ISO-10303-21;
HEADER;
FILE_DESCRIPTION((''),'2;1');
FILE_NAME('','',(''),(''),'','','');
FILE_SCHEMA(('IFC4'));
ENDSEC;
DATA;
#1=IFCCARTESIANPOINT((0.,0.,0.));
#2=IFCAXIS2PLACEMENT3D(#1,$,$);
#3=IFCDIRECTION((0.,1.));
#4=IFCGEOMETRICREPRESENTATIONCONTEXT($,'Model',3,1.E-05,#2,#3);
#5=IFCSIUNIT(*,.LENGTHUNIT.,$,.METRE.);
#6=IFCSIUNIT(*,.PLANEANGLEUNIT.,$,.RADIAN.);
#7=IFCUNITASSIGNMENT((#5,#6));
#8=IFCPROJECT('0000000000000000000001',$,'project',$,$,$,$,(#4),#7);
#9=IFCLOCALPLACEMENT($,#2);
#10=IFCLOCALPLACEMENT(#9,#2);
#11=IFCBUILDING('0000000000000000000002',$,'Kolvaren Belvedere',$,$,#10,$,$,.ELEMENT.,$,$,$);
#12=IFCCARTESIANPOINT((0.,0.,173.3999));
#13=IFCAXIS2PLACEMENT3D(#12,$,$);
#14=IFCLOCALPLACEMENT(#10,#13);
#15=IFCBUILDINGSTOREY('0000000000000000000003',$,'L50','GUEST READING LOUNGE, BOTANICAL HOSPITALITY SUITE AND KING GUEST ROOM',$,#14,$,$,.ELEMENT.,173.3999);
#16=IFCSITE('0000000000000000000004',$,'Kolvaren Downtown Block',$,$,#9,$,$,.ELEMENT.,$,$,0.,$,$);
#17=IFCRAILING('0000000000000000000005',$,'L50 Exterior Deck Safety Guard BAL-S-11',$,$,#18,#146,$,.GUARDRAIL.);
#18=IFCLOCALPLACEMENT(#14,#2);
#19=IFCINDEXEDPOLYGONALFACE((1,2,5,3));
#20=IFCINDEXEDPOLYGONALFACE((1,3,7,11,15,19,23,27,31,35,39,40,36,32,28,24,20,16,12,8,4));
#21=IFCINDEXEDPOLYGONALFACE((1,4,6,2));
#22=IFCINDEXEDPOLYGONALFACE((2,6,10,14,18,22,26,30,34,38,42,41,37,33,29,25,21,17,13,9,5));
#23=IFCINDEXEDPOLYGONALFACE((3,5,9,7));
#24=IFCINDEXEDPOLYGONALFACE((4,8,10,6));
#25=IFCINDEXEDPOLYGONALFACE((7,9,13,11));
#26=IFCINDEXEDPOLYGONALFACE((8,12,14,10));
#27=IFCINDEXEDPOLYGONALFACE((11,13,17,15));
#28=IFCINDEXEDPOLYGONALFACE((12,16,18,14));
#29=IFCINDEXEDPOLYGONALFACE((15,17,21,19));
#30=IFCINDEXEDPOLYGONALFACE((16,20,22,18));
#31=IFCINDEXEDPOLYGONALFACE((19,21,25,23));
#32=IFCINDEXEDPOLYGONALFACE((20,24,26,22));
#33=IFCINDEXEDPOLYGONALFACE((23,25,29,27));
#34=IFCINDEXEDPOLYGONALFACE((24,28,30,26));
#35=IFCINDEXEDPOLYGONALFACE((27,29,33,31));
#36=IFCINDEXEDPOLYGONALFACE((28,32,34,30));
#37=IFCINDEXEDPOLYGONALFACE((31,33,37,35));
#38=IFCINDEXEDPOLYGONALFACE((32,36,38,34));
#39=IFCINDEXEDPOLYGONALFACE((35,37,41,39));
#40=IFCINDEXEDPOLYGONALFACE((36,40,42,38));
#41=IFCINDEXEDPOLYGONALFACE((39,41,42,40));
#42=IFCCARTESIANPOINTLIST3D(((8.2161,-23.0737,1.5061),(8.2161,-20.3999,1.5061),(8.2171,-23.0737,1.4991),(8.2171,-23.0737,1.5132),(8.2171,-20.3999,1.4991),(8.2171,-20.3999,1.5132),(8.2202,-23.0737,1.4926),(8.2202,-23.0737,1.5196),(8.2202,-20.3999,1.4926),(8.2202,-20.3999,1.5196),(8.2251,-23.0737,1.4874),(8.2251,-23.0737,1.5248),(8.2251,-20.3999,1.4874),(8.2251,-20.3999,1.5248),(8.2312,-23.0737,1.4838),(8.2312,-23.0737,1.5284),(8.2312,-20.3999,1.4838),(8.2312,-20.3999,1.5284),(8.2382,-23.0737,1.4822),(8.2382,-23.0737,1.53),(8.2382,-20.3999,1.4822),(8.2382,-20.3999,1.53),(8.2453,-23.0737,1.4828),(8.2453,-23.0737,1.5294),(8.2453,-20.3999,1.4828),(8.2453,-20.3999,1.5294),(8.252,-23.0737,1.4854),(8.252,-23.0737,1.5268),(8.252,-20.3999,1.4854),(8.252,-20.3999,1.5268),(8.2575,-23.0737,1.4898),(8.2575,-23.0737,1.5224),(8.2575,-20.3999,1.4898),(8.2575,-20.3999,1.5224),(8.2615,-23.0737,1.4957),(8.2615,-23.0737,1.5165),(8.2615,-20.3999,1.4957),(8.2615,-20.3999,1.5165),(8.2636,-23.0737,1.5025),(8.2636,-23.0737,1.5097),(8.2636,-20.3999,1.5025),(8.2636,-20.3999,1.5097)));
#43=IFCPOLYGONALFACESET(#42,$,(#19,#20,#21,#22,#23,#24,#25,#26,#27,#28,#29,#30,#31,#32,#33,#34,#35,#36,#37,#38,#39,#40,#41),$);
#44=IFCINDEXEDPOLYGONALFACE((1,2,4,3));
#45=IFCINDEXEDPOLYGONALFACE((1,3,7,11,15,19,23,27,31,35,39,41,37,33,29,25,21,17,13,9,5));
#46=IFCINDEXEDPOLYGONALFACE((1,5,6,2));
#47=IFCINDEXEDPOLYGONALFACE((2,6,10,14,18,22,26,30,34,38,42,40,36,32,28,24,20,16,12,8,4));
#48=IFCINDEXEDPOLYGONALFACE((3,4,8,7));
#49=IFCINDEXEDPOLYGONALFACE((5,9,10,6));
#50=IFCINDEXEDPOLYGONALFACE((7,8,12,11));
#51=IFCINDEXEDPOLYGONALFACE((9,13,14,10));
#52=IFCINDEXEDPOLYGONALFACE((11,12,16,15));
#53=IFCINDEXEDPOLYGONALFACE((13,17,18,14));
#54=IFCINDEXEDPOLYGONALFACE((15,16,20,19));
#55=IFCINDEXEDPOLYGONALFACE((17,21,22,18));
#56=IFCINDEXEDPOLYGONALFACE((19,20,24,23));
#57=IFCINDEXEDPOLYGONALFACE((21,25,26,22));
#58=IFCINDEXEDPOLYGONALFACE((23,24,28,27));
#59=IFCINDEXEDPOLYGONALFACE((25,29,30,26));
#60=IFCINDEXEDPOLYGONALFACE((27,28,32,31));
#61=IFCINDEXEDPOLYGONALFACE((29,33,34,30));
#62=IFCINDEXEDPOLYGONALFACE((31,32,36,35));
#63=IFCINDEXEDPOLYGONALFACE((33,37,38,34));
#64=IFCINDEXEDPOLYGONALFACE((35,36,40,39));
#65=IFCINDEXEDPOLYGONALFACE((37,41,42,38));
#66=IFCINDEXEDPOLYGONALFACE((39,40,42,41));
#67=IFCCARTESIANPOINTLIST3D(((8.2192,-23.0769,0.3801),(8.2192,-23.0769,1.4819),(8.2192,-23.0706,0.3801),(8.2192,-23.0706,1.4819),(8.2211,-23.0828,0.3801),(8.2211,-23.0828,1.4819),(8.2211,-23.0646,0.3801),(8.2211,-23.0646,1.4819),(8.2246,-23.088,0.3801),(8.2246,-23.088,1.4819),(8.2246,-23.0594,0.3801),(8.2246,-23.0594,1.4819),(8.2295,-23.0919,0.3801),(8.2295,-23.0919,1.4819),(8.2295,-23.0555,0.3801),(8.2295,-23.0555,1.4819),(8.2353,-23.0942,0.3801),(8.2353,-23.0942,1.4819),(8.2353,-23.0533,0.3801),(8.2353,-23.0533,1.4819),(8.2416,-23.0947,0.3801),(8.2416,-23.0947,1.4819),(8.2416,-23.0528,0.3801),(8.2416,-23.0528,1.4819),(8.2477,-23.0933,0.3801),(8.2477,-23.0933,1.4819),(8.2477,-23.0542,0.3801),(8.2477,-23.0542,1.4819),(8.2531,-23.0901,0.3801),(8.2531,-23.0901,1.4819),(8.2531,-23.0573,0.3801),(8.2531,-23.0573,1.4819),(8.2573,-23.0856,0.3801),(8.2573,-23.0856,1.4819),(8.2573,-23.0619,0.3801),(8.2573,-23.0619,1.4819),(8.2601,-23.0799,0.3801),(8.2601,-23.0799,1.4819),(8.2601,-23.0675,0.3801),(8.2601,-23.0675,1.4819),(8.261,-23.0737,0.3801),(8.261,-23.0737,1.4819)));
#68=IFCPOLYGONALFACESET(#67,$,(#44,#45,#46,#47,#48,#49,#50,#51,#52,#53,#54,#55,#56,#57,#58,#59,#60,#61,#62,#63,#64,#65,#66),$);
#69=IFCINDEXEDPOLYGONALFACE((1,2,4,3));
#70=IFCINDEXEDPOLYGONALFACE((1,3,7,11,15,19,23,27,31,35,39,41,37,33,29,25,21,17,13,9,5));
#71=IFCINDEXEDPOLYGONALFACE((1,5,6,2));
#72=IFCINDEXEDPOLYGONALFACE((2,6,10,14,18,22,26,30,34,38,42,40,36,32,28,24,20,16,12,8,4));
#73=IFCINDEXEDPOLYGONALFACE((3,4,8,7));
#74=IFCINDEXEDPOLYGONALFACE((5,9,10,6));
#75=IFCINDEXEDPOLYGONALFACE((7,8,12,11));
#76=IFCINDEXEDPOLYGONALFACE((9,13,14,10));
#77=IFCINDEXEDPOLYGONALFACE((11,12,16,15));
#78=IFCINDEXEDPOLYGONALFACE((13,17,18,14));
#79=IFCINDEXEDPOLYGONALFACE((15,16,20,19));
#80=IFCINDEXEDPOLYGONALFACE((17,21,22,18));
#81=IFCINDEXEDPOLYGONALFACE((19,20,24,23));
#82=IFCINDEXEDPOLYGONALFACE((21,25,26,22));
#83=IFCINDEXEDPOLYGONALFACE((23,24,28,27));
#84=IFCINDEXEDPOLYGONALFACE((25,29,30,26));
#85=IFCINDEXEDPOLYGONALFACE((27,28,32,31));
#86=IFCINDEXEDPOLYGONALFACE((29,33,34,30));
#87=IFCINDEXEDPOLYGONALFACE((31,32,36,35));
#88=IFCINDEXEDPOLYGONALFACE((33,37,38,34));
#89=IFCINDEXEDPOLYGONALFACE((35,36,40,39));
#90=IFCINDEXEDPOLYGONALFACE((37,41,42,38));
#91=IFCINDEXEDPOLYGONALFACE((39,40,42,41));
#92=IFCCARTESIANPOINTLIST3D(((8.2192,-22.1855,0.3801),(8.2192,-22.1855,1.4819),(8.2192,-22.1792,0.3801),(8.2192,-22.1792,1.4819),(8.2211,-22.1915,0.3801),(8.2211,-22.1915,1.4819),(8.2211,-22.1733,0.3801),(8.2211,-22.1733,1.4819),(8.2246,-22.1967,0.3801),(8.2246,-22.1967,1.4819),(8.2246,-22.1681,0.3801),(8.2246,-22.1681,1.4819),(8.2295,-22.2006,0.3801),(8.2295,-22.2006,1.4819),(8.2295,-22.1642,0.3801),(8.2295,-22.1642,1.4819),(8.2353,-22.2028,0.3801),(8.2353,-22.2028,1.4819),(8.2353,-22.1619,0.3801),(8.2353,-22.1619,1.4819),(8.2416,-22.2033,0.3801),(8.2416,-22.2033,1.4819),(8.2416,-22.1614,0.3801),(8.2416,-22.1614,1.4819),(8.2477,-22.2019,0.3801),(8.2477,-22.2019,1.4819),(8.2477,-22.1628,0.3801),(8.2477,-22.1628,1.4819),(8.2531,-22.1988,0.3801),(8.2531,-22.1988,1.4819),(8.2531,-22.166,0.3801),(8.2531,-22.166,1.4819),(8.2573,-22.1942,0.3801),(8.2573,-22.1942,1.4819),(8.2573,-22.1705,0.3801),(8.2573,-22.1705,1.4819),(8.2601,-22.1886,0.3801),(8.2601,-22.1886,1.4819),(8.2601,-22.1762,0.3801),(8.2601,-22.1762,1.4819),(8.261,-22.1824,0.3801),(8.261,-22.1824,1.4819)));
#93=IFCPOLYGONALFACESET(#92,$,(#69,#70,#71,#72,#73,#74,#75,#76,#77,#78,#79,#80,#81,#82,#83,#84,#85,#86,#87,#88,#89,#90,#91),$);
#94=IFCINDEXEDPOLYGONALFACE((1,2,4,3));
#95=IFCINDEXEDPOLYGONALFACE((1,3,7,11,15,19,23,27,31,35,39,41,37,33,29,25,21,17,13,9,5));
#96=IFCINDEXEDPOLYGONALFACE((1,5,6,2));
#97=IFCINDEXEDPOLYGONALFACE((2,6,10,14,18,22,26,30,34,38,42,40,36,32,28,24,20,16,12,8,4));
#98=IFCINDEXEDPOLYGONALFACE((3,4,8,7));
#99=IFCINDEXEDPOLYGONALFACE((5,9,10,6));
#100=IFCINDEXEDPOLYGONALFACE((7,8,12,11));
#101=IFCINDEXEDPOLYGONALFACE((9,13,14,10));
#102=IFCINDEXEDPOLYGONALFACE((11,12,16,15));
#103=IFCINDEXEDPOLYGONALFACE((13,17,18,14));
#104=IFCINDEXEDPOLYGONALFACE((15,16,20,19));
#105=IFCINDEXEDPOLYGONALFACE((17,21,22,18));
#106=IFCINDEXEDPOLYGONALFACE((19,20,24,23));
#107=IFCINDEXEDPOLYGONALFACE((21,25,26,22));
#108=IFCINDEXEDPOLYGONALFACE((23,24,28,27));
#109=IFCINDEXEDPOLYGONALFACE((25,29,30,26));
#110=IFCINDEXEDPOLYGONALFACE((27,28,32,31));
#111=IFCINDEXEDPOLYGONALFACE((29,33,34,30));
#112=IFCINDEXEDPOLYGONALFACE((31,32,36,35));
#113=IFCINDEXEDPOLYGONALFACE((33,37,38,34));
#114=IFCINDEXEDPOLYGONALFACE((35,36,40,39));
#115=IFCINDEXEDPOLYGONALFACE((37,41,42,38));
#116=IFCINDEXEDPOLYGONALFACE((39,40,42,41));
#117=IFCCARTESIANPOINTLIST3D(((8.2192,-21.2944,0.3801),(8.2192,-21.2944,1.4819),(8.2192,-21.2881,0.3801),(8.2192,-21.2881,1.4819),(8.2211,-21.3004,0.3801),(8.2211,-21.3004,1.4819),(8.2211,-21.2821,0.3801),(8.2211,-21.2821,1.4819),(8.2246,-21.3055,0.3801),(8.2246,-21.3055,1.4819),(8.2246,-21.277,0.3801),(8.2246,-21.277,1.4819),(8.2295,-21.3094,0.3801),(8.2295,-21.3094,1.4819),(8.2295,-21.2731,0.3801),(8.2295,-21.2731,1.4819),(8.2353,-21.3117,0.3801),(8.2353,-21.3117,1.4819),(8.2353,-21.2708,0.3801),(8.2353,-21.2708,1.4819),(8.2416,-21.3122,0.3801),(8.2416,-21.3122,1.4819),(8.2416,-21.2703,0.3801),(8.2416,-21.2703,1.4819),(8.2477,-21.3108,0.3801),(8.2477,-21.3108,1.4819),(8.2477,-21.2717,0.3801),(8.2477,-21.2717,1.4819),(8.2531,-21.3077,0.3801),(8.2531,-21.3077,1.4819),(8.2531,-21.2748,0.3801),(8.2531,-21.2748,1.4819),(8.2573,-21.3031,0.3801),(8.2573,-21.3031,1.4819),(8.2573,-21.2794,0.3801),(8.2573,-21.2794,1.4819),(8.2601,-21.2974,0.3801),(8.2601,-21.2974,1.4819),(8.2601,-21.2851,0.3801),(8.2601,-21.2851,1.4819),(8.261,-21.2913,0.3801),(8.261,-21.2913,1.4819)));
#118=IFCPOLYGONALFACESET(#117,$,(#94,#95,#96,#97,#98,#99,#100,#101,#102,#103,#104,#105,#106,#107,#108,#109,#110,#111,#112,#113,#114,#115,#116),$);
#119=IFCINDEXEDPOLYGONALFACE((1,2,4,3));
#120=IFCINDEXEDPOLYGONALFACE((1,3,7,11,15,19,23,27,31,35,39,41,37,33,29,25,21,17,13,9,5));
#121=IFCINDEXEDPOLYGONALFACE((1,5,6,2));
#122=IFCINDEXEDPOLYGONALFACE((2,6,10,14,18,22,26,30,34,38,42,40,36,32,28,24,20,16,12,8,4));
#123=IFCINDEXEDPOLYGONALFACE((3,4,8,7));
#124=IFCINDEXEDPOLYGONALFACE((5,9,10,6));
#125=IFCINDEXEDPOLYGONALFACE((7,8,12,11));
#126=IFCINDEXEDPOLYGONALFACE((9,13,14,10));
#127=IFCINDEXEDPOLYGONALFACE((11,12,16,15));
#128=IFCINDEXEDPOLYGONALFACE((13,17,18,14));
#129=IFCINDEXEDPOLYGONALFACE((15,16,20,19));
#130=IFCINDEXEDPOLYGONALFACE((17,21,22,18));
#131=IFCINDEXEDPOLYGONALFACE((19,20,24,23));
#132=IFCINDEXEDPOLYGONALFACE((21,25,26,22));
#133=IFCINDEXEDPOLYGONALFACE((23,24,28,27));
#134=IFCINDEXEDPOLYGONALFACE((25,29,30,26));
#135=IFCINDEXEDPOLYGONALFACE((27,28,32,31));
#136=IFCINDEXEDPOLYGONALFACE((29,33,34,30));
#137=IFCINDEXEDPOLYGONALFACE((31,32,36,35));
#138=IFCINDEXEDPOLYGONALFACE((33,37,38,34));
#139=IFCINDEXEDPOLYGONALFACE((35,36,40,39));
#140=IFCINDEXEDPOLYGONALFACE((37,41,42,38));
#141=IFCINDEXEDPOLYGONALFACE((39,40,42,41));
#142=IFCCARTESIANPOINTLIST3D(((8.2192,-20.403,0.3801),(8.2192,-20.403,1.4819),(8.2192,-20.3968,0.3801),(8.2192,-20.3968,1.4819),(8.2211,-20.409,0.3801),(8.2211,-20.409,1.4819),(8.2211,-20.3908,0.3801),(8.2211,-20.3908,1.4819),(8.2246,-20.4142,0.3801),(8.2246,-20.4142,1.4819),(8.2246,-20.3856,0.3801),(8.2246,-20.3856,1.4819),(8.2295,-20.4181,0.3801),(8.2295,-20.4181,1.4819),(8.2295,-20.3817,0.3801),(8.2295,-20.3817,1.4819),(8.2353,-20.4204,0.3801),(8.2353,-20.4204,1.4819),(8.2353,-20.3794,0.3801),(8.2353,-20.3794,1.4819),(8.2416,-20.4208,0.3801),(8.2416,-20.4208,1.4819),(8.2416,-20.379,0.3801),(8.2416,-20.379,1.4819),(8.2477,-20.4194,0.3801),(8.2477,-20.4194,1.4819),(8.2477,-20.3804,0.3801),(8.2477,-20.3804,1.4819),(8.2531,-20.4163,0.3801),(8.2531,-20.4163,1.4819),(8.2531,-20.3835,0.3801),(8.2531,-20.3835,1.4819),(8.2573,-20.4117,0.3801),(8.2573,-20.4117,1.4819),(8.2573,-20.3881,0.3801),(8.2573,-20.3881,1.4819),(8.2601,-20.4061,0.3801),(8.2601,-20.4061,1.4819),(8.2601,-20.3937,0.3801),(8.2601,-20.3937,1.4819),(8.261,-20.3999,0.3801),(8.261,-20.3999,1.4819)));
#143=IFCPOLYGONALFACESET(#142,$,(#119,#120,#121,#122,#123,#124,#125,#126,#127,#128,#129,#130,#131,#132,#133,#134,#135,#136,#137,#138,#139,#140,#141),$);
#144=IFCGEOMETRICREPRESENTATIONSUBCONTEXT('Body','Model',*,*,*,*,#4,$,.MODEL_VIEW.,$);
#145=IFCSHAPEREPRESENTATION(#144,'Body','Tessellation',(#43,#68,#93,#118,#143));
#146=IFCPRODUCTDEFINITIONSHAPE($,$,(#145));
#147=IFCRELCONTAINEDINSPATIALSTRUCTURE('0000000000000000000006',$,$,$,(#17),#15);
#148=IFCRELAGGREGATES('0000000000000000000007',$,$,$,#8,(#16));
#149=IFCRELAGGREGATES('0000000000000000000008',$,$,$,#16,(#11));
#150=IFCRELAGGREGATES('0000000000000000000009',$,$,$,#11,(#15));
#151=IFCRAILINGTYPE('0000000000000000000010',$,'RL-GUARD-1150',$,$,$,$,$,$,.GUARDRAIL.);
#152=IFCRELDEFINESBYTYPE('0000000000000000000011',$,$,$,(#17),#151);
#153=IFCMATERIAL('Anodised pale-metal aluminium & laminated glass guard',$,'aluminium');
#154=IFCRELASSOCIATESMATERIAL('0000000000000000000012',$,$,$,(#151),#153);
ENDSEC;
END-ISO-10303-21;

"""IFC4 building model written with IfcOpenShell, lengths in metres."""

from ifc_helpers import new_model, si_unit, direction, frame, origin, origin_2d, place, context, subcontext, project, spatial, circle, extrude, material, type_object, element, save


model = new_model("IFC4")

# Units and contexts
model_context = context("Model", 3, precision=1e-05, world=origin(), true_north=direction((0.0, 1.0)))
body_context = subcontext(model_context, "Body", "Model", "MODEL_VIEW")
ifc_project = project(units=[si_unit("LENGTHUNIT", "METRE"), si_unit("PLANEANGLEUNIT", "RADIAN")], contexts=[model_context])

# Site, building, storey
site_placement = place(None, origin())
site = spatial("IfcSite", under=ifc_project, at=site_placement, Name="Kolvaren Downtown Block", CompositionType="ELEMENT", RefElevation=0.0)
building_placement = place(site_placement, origin())
building = spatial("IfcBuilding", under=site, at=building_placement, Name="Kolvaren Belvedere", CompositionType="ELEMENT")
storey_placement = place(building_placement, frame((0.0, 0.0, 173.3999)))
storey = spatial("IfcBuildingStorey", under=building, at=storey_placement, Name="L50", Description="GUEST READING LOUNGE, BOTANICAL HOSPITALITY SUITE AND KING GUEST ROOM", CompositionType="ELEMENT", Elevation=173.3999)

# Railing
ifc_material_1 = material(Name="Anodised pale-metal aluminium & laminated glass guard", Category="aluminium")
railing_type = type_object("IfcRailingType", Name="RL-GUARD-1150", PredefinedType="GUARDRAIL", material=ifc_material_1)
railing_1_placement = place(storey_placement, frame((8.24, -23.0737, 0.3801)))
element("IfcRailing", 1, at=railing_1_placement, inside=storey, type_object=railing_type, Name="L50 Exterior Deck Safety Guard BAL-S-11", PredefinedType="GUARDRAIL", context=body_context, shape_type="SweptSolid", body=[
    extrude(circle(Radius=0.0239, at=origin_2d()), frame((0.0, 0.0, 1.126), z_axis=(0.0, 1.0, 0.0), x_axis=(-1.0, 0.0, 0.0)), (0.0, 0.0, 1.0), 2.6738),
    extrude(circle(Radius=0.021, at=origin_2d()), origin(), (0.0, 0.0, 1.0), 1.1018),
    extrude(circle(Radius=0.021, at=origin_2d()), frame((0.0, 0.8914, 0.0)), (0.0, 0.0, 1.0), 1.1018),
    extrude(circle(Radius=0.021, at=origin_2d()), frame((0.0, 1.7825, 0.0)), (0.0, 0.0, 1.0), 1.1018),
    extrude(circle(Radius=0.021, at=origin_2d()), frame((0.0, 2.6738, 0.0)), (0.0, 0.0, 1.0), 1.1018),
])

save(model, "model.ifc")
